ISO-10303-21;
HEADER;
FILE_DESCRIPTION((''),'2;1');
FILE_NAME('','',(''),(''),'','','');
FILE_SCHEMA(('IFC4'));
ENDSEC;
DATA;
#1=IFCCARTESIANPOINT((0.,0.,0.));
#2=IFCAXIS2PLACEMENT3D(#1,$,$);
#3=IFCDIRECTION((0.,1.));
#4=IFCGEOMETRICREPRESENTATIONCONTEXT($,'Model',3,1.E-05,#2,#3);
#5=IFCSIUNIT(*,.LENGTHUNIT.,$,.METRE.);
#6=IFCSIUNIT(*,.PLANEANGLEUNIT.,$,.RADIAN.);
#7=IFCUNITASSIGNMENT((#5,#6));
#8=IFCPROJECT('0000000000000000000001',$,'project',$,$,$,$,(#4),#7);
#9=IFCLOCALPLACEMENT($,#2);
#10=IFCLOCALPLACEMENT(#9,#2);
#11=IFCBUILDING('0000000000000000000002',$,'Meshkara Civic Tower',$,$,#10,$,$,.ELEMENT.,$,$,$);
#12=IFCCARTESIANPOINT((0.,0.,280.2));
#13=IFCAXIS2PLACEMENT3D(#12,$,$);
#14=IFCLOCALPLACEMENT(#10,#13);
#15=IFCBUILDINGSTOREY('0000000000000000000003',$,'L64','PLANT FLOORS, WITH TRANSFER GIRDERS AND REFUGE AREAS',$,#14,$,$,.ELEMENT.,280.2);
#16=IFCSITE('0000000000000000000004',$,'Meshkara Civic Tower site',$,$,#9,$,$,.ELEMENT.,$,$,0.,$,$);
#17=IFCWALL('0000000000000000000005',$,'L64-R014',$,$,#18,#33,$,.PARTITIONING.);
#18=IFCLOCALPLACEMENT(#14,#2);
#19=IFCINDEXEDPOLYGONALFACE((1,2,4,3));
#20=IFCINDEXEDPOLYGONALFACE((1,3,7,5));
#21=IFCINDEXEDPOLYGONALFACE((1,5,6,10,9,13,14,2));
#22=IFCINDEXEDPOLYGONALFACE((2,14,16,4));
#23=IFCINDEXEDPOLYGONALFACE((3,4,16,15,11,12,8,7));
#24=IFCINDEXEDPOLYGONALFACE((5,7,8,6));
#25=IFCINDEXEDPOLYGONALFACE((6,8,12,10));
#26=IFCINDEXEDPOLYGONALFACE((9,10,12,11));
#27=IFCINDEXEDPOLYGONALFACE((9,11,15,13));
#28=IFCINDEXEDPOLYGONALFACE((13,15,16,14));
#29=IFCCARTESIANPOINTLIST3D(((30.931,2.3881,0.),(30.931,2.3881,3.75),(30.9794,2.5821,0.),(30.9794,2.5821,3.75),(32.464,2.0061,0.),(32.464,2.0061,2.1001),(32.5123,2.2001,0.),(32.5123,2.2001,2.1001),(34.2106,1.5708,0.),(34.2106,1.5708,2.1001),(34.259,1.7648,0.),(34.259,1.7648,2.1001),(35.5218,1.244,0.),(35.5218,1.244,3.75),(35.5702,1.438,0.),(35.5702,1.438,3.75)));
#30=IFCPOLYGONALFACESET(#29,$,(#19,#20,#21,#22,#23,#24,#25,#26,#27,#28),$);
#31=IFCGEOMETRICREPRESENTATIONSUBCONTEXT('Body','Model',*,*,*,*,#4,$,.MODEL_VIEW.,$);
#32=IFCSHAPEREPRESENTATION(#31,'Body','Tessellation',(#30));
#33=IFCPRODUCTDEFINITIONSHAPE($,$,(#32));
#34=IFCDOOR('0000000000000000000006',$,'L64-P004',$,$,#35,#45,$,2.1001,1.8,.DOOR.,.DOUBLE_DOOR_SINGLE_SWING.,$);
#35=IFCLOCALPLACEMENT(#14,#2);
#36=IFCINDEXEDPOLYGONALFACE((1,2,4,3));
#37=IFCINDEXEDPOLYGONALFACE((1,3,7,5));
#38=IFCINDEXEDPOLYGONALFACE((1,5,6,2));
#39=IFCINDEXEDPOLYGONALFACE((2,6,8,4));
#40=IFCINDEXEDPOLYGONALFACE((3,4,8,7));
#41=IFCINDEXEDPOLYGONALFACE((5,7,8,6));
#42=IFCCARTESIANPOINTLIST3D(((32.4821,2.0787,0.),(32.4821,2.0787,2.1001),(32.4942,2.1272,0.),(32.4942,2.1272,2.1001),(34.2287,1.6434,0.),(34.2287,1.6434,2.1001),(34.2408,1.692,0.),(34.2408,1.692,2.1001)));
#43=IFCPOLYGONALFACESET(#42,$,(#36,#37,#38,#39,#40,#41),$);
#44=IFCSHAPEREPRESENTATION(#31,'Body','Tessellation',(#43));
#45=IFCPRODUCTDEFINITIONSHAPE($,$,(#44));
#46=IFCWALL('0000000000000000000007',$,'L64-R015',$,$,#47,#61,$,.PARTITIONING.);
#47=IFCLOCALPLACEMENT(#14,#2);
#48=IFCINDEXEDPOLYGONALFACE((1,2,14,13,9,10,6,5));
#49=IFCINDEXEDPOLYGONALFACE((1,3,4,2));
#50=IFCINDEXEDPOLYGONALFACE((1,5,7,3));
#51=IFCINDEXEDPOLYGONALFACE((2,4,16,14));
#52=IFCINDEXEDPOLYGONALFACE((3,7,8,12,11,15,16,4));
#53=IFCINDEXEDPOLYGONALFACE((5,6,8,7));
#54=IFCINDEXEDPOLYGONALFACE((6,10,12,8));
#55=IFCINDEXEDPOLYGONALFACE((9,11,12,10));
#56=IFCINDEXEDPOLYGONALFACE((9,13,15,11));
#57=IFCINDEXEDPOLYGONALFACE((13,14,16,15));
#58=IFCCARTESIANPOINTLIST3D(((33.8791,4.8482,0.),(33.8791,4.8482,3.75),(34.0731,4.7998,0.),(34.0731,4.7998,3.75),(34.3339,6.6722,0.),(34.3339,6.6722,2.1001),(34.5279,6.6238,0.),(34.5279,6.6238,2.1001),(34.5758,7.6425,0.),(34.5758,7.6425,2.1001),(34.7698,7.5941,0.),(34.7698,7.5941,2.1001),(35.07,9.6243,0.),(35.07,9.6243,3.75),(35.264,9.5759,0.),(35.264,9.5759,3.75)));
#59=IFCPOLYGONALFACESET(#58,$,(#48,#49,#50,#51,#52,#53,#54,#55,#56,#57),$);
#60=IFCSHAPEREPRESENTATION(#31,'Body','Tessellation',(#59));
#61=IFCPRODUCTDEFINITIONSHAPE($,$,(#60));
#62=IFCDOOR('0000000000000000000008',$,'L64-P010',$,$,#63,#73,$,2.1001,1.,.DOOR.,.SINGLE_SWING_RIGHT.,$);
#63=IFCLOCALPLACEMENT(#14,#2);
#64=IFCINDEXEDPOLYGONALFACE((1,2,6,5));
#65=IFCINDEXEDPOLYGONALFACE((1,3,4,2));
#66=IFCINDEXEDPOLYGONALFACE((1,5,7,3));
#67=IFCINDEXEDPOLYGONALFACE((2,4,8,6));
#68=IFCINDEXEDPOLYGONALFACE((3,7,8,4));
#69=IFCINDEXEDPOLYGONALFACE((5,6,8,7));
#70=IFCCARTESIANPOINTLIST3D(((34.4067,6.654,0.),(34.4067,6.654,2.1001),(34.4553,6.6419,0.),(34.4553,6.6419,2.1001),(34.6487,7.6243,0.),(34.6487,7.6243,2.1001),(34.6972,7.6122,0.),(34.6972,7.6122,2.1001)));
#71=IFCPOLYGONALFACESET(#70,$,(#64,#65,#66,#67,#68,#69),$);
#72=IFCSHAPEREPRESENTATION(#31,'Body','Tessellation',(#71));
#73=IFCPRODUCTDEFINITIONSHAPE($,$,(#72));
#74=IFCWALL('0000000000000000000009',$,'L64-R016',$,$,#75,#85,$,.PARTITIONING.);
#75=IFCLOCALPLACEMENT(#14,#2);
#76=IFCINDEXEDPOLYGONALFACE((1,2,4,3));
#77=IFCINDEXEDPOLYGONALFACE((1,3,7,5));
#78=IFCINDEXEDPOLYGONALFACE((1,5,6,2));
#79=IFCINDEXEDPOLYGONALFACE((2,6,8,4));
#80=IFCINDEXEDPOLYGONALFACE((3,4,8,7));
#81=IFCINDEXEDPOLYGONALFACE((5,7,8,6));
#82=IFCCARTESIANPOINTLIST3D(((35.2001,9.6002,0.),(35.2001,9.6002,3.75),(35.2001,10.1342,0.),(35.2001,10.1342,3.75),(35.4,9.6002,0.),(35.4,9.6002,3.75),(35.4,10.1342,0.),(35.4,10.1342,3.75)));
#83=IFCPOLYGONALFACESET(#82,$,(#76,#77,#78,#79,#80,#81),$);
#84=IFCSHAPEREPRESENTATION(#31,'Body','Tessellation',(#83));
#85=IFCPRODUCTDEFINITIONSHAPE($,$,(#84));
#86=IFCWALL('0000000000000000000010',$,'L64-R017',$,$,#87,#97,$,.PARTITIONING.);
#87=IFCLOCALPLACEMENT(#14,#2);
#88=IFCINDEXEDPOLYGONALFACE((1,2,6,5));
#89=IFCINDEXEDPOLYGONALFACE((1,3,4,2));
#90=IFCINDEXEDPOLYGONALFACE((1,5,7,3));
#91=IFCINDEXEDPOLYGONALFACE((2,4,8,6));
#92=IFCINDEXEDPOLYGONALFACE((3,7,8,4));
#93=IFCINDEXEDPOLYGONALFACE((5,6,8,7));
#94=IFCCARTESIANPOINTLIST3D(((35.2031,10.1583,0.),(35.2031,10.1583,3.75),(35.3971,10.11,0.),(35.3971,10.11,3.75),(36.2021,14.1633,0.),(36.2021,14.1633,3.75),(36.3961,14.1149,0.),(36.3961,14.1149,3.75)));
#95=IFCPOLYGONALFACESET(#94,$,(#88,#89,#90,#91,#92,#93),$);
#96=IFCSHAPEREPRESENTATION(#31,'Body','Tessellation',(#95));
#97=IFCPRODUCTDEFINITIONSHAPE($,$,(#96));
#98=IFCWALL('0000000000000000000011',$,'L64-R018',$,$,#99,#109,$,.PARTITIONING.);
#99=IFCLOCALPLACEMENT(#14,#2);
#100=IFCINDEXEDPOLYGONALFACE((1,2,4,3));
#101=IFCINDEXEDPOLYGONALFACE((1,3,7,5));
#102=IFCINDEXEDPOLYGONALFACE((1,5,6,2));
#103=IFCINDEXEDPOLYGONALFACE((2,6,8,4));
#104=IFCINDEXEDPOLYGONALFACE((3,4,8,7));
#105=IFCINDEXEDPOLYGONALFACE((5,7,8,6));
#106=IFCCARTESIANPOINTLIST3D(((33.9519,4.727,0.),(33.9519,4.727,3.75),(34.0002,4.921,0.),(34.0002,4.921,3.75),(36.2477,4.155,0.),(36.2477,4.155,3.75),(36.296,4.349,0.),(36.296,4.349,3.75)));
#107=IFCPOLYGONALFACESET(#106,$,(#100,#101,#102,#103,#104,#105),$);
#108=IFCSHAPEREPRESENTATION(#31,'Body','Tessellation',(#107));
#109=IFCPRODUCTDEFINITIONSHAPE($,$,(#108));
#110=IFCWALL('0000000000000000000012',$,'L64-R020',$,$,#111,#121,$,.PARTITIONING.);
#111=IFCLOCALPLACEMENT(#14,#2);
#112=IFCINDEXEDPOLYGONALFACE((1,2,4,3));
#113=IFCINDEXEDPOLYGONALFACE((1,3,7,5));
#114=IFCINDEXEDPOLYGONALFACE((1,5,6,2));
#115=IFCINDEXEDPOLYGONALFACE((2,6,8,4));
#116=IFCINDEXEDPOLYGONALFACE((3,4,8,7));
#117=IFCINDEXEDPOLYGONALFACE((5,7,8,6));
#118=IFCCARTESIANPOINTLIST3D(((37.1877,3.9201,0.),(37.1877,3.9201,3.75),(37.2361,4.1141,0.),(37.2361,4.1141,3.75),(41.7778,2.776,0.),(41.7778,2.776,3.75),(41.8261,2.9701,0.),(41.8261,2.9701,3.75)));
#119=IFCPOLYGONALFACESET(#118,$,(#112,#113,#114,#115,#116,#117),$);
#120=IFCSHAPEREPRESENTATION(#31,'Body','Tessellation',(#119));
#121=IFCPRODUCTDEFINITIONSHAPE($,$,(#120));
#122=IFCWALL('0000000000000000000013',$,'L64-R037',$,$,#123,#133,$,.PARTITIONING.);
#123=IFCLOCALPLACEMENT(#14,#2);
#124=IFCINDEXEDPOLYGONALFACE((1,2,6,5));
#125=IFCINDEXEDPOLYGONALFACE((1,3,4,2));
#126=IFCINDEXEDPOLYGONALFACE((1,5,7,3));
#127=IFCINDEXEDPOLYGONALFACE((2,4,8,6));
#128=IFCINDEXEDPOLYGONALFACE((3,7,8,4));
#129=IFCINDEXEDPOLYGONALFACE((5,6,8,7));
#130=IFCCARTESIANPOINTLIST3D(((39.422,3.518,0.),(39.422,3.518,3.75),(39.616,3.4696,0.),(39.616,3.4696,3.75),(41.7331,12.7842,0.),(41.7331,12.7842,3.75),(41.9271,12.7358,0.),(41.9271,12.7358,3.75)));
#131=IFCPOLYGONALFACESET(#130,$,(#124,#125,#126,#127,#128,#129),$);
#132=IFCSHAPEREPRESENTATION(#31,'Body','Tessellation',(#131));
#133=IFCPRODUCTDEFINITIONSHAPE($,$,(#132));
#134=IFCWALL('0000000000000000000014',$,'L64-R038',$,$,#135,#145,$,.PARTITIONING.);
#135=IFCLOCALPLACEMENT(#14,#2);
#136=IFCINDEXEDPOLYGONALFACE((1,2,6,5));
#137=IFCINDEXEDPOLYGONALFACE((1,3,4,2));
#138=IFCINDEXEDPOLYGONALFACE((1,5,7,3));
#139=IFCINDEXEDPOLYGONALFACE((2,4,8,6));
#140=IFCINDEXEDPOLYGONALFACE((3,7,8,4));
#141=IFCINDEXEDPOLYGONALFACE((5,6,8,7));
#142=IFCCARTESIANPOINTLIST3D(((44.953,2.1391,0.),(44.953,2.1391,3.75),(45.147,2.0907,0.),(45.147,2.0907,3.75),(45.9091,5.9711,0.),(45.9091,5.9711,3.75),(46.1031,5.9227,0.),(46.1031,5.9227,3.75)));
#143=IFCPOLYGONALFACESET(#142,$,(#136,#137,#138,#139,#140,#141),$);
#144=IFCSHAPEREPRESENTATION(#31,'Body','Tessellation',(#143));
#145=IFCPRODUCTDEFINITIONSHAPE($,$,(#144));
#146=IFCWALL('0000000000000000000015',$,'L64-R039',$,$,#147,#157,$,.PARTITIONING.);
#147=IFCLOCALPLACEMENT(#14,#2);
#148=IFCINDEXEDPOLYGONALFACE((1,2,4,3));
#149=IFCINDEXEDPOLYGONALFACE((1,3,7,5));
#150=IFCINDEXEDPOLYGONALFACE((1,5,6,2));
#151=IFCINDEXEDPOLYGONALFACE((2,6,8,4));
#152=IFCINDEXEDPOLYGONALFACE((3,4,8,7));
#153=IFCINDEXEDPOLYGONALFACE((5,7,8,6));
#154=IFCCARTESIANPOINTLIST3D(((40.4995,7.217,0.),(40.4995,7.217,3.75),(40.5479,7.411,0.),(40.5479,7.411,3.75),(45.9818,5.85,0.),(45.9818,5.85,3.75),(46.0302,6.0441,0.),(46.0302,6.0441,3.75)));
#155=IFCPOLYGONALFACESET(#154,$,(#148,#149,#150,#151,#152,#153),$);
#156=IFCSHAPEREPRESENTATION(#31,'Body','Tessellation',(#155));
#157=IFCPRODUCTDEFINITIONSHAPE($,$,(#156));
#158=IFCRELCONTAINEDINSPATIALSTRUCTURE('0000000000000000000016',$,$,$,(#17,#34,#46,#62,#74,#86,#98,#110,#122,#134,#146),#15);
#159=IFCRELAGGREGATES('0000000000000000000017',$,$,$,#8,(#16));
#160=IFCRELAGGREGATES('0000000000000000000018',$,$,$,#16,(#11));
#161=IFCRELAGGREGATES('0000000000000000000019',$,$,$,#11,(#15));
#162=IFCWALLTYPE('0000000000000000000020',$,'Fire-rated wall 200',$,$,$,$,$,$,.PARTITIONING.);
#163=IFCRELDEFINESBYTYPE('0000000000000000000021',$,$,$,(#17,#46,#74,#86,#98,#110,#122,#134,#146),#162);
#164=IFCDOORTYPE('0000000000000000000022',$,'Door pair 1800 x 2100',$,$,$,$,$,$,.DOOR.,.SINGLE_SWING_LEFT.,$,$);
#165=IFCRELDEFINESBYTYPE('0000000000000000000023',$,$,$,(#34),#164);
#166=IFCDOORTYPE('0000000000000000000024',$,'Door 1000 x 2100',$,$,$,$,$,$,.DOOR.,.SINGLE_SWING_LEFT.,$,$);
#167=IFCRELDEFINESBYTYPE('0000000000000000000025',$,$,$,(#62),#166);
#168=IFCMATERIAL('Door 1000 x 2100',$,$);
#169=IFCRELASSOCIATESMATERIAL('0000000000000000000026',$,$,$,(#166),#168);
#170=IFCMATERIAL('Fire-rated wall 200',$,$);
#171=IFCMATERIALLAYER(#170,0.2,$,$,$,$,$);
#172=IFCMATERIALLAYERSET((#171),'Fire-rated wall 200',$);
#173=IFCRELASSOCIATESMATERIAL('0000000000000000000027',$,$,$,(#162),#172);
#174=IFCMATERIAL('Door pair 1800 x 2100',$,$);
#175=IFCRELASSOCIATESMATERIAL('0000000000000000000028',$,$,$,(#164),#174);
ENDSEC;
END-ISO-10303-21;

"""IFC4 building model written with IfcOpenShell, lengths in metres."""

from ifc_helpers import new_model, si_unit, direction, frame, frame_2d, origin, place, context, subcontext, project, spatial, rectangle, extrude, material, layer, layer_set, type_object, element, fill, save


model = new_model("IFC4")

# Units and contexts
model_context = context("Model", 3, precision=1e-05, world=origin(), true_north=direction((0.0, 1.0)))
body_context = subcontext(model_context, "Body", "Model", "MODEL_VIEW")
ifc_project = project(units=[si_unit("LENGTHUNIT", "METRE"), si_unit("PLANEANGLEUNIT", "RADIAN")], contexts=[model_context])

# Site, building, storey
site_placement = place(None, origin())
site = spatial("IfcSite", under=ifc_project, at=site_placement, Name="Meshkara Civic Tower site", CompositionType="ELEMENT", RefElevation=0.0)
building_placement = place(site_placement, origin())
building = spatial("IfcBuilding", under=site, at=building_placement, Name="Meshkara Civic Tower", CompositionType="ELEMENT")
storey_placement = place(building_placement, frame((0.0, 0.0, 280.2)))
storey = spatial("IfcBuildingStorey", under=building, at=storey_placement, Name="L64", Description="PLANT FLOORS, WITH TRANSFER GIRDERS AND REFUGE AREAS", CompositionType="ELEMENT", Elevation=280.2)

# Shared definitions
ifc_material_1 = material(Name="Door 1000 x 2100")
door_type_1 = type_object("IfcDoorType", Name="Door 1000 x 2100", OperationType="SINGLE_SWING_LEFT", PredefinedType="DOOR", material=ifc_material_1)

# Walls, openings, doors
ifc_material_2 = material(Name="Fire-rated wall 200")
ifc_layer_1 = layer(ifc_material_2, 0.2)
ifc_layer_set_1 = layer_set([ifc_layer_1], Name="Fire-rated wall 200")
wall_type_1 = type_object("IfcWallType", Name="Fire-rated wall 200", PredefinedType="PARTITIONING", material=ifc_layer_set_1)
wall_1_placement = place(storey_placement, frame((30.9551, 2.4851, 0.0), z_axis=(0.0, 0.0, 1.0), x_axis=(0.970324, -0.241807, 0.0)))
wall_1 = element("IfcWall", 1, at=wall_1_placement, inside=storey, type_object=wall_type_1, Name="L64-R014", PredefinedType="PARTITIONING", context=body_context, shape_type="SweptSolid", body=[
    extrude(rectangle(XDim=4.7312, YDim=0.2, at=frame_2d((2.3657, 0.0))), origin(), (0.0, 0.0, 1.0), 3.75),
])
opening_1_placement = place(wall_1_placement, frame((1.5801, 0.0, 0.0)))
opening_1 = element("IfcOpeningElement", 2, at=opening_1_placement, cuts=wall_1, PredefinedType="OPENING", context=body_context, shape_type="SweptSolid", body=[
    extrude(rectangle(XDim=1.8, YDim=2.1001, at=frame_2d((0.8999, 1.05))), frame((0.0, 0.1099, 0.0), z_axis=(0.0, -1.0, 0.0), x_axis=(1.0, 0.0, 0.0)), (0.0, 0.0, 1.0), 0.22),
])
ifc_material_3 = material(Name="Door pair 1800 x 2100")
door_type_2 = type_object("IfcDoorType", Name="Door pair 1800 x 2100", OperationType="SINGLE_SWING_LEFT", PredefinedType="DOOR", material=ifc_material_3)
door_1_placement = place(opening_1_placement, origin())
door_1 = element("IfcDoor", 3, at=door_1_placement, inside=storey, type_object=door_type_2, Name="L64-P004", OperationType="DOUBLE_DOOR_SINGLE_SWING", OverallHeight=2.1001, OverallWidth=1.8, PredefinedType="DOOR", context=body_context, shape_type="SweptSolid", body=[
    extrude(rectangle(XDim=1.8, YDim=2.1001, at=frame_2d((0.8999, 1.05))), frame((0.0, 0.0249, 0.0), z_axis=(0.0, -1.0, 0.0), x_axis=(1.0, 0.0, 0.0)), (0.0, 0.0, 1.0), 0.05),
])
fill(opening_1, door_1)
wall_2_placement = place(storey_placement, frame((33.9761, 4.824, 0.0), z_axis=(0.0, 0.0, 1.0), x_axis=(0.24194, 0.970291, 0.0)))
wall_2 = element("IfcWall", 4, at=wall_2_placement, inside=storey, type_object=wall_type_1, Name="L64-R015", PredefinedType="PARTITIONING", context=body_context, shape_type="SweptSolid", body=[
    extrude(rectangle(XDim=4.9224, YDim=0.2, at=frame_2d((2.4612, 0.0))), origin(), (0.0, 0.0, 1.0), 3.75),
])
opening_2_placement = place(wall_2_placement, frame((1.8799, 0.0, 0.0)))
opening_2 = element("IfcOpeningElement", 5, at=opening_2_placement, cuts=wall_2, PredefinedType="OPENING", context=body_context, shape_type="SweptSolid", body=[
    extrude(rectangle(XDim=1.0, YDim=2.1001, at=frame_2d((0.5, 1.05))), frame((0.0, 0.1099, 0.0), z_axis=(0.0, -1.0, 0.0), x_axis=(1.0, 0.0, 0.0)), (0.0, 0.0, 1.0), 0.22),
])
door_2_placement = place(opening_2_placement, origin())
door_2 = element("IfcDoor", 6, at=door_2_placement, inside=storey, type_object=door_type_1, Name="L64-P010", OperationType="SINGLE_SWING_RIGHT", OverallHeight=2.1001, OverallWidth=1.0, PredefinedType="DOOR", context=body_context, shape_type="SweptSolid", body=[
    extrude(rectangle(XDim=1.0, YDim=2.1001, at=frame_2d((0.5, 1.05))), frame((0.0, 0.0249, 0.0), z_axis=(0.0, -1.0, 0.0), x_axis=(1.0, 0.0, 0.0)), (0.0, 0.0, 1.0), 0.05),
])
fill(opening_2, door_2)

# Walls
wall_3_placement = place(storey_placement, frame((35.3, 9.6001, 0.0), z_axis=(0.0, 0.0, 1.0), x_axis=(0.0, 1.0, 0.0)))
element("IfcWall", 7, at=wall_3_placement, inside=storey, type_object=wall_type_1, Name="L64-R016", PredefinedType="PARTITIONING", context=body_context, shape_type="SweptSolid", body=[
    extrude(rectangle(XDim=0.5339, YDim=0.2, at=frame_2d((0.2671, 0.0))), origin(), (0.0, 0.0, 1.0), 3.75),
])
wall_4_placement = place(storey_placement, frame((35.3, 10.134, 0.0), z_axis=(0.0, 0.0, 1.0), x_axis=(0.242035, 0.970268, 0.0)))
element("IfcWall", 8, at=wall_4_placement, inside=storey, type_object=wall_type_1, Name="L64-R017", PredefinedType="PARTITIONING", context=body_context, shape_type="SweptSolid", body=[
    extrude(rectangle(XDim=4.1277, YDim=0.2, at=frame_2d((2.064, 0.0))), origin(), (0.0, 0.0, 1.0), 3.75),
])
wall_5_placement = place(storey_placement, frame((36.272, 4.252, 0.0), z_axis=(0.0, 0.0, 1.0), x_axis=(-0.970336, 0.241759, 0.0)))
element("IfcWall", 9, at=wall_5_placement, inside=storey, type_object=wall_type_1, Name="L64-R018", PredefinedType="PARTITIONING", context=body_context, shape_type="SweptSolid", body=[
    extrude(rectangle(XDim=2.366, YDim=0.2, at=frame_2d((1.1831, 0.0))), origin(), (0.0, 0.0, 1.0), 3.75),
])
wall_6_placement = place(storey_placement, frame((37.2119, 4.0171, 0.0), z_axis=(0.0, 0.0, 1.0), x_axis=(0.970315, -0.241843, 0.0)))
element("IfcWall", 10, at=wall_6_placement, inside=storey, type_object=wall_type_1, Name="L64-R020", PredefinedType="PARTITIONING", context=body_context, shape_type="SweptSolid", body=[
    extrude(rectangle(XDim=4.7305, YDim=0.2, at=frame_2d((2.3652, 0.0))), origin(), (0.0, 0.0, 1.0), 3.75),
])
wall_7_placement = place(storey_placement, frame((39.519, 3.4939, 0.0), z_axis=(0.0, 0.0, 1.0), x_axis=(0.241994, 0.970278, 0.0)))
element("IfcWall", 11, at=wall_7_placement, inside=storey, type_object=wall_type_1, Name="L64-R037", PredefinedType="PARTITIONING", context=body_context, shape_type="SweptSolid", body=[
    extrude(rectangle(XDim=9.55, YDim=0.2, at=frame_2d((4.7749, 0.0))), origin(), (0.0, 0.0, 1.0), 3.75),
])
wall_8_placement = place(storey_placement, frame((45.05, 2.115, 0.0), z_axis=(0.0, 0.0, 1.0), x_axis=(0.24207, 0.970259, 0.0)))
element("IfcWall", 12, at=wall_8_placement, inside=storey, type_object=wall_type_1, Name="L64-R038", PredefinedType="PARTITIONING", context=body_context, shape_type="SweptSolid", body=[
    extrude(rectangle(XDim=3.9495, YDim=0.2, at=frame_2d((1.9746, 0.0))), origin(), (0.0, 0.0, 1.0), 3.75),
])
wall_9_placement = place(storey_placement, frame((46.0061, 5.947, 0.0), z_axis=(0.0, 0.0, 1.0), x_axis=(-0.970292, 0.241936, 0.0)))
element("IfcWall", 13, at=wall_9_placement, inside=storey, type_object=wall_type_1, Name="L64-R039", PredefinedType="PARTITIONING", context=body_context, shape_type="SweptSolid", body=[
    extrude(rectangle(XDim=5.6501, YDim=0.2, at=frame_2d((2.8252, 0.0))), origin(), (0.0, 0.0, 1.0), 3.75),
])

save(model, "model.ifc")
